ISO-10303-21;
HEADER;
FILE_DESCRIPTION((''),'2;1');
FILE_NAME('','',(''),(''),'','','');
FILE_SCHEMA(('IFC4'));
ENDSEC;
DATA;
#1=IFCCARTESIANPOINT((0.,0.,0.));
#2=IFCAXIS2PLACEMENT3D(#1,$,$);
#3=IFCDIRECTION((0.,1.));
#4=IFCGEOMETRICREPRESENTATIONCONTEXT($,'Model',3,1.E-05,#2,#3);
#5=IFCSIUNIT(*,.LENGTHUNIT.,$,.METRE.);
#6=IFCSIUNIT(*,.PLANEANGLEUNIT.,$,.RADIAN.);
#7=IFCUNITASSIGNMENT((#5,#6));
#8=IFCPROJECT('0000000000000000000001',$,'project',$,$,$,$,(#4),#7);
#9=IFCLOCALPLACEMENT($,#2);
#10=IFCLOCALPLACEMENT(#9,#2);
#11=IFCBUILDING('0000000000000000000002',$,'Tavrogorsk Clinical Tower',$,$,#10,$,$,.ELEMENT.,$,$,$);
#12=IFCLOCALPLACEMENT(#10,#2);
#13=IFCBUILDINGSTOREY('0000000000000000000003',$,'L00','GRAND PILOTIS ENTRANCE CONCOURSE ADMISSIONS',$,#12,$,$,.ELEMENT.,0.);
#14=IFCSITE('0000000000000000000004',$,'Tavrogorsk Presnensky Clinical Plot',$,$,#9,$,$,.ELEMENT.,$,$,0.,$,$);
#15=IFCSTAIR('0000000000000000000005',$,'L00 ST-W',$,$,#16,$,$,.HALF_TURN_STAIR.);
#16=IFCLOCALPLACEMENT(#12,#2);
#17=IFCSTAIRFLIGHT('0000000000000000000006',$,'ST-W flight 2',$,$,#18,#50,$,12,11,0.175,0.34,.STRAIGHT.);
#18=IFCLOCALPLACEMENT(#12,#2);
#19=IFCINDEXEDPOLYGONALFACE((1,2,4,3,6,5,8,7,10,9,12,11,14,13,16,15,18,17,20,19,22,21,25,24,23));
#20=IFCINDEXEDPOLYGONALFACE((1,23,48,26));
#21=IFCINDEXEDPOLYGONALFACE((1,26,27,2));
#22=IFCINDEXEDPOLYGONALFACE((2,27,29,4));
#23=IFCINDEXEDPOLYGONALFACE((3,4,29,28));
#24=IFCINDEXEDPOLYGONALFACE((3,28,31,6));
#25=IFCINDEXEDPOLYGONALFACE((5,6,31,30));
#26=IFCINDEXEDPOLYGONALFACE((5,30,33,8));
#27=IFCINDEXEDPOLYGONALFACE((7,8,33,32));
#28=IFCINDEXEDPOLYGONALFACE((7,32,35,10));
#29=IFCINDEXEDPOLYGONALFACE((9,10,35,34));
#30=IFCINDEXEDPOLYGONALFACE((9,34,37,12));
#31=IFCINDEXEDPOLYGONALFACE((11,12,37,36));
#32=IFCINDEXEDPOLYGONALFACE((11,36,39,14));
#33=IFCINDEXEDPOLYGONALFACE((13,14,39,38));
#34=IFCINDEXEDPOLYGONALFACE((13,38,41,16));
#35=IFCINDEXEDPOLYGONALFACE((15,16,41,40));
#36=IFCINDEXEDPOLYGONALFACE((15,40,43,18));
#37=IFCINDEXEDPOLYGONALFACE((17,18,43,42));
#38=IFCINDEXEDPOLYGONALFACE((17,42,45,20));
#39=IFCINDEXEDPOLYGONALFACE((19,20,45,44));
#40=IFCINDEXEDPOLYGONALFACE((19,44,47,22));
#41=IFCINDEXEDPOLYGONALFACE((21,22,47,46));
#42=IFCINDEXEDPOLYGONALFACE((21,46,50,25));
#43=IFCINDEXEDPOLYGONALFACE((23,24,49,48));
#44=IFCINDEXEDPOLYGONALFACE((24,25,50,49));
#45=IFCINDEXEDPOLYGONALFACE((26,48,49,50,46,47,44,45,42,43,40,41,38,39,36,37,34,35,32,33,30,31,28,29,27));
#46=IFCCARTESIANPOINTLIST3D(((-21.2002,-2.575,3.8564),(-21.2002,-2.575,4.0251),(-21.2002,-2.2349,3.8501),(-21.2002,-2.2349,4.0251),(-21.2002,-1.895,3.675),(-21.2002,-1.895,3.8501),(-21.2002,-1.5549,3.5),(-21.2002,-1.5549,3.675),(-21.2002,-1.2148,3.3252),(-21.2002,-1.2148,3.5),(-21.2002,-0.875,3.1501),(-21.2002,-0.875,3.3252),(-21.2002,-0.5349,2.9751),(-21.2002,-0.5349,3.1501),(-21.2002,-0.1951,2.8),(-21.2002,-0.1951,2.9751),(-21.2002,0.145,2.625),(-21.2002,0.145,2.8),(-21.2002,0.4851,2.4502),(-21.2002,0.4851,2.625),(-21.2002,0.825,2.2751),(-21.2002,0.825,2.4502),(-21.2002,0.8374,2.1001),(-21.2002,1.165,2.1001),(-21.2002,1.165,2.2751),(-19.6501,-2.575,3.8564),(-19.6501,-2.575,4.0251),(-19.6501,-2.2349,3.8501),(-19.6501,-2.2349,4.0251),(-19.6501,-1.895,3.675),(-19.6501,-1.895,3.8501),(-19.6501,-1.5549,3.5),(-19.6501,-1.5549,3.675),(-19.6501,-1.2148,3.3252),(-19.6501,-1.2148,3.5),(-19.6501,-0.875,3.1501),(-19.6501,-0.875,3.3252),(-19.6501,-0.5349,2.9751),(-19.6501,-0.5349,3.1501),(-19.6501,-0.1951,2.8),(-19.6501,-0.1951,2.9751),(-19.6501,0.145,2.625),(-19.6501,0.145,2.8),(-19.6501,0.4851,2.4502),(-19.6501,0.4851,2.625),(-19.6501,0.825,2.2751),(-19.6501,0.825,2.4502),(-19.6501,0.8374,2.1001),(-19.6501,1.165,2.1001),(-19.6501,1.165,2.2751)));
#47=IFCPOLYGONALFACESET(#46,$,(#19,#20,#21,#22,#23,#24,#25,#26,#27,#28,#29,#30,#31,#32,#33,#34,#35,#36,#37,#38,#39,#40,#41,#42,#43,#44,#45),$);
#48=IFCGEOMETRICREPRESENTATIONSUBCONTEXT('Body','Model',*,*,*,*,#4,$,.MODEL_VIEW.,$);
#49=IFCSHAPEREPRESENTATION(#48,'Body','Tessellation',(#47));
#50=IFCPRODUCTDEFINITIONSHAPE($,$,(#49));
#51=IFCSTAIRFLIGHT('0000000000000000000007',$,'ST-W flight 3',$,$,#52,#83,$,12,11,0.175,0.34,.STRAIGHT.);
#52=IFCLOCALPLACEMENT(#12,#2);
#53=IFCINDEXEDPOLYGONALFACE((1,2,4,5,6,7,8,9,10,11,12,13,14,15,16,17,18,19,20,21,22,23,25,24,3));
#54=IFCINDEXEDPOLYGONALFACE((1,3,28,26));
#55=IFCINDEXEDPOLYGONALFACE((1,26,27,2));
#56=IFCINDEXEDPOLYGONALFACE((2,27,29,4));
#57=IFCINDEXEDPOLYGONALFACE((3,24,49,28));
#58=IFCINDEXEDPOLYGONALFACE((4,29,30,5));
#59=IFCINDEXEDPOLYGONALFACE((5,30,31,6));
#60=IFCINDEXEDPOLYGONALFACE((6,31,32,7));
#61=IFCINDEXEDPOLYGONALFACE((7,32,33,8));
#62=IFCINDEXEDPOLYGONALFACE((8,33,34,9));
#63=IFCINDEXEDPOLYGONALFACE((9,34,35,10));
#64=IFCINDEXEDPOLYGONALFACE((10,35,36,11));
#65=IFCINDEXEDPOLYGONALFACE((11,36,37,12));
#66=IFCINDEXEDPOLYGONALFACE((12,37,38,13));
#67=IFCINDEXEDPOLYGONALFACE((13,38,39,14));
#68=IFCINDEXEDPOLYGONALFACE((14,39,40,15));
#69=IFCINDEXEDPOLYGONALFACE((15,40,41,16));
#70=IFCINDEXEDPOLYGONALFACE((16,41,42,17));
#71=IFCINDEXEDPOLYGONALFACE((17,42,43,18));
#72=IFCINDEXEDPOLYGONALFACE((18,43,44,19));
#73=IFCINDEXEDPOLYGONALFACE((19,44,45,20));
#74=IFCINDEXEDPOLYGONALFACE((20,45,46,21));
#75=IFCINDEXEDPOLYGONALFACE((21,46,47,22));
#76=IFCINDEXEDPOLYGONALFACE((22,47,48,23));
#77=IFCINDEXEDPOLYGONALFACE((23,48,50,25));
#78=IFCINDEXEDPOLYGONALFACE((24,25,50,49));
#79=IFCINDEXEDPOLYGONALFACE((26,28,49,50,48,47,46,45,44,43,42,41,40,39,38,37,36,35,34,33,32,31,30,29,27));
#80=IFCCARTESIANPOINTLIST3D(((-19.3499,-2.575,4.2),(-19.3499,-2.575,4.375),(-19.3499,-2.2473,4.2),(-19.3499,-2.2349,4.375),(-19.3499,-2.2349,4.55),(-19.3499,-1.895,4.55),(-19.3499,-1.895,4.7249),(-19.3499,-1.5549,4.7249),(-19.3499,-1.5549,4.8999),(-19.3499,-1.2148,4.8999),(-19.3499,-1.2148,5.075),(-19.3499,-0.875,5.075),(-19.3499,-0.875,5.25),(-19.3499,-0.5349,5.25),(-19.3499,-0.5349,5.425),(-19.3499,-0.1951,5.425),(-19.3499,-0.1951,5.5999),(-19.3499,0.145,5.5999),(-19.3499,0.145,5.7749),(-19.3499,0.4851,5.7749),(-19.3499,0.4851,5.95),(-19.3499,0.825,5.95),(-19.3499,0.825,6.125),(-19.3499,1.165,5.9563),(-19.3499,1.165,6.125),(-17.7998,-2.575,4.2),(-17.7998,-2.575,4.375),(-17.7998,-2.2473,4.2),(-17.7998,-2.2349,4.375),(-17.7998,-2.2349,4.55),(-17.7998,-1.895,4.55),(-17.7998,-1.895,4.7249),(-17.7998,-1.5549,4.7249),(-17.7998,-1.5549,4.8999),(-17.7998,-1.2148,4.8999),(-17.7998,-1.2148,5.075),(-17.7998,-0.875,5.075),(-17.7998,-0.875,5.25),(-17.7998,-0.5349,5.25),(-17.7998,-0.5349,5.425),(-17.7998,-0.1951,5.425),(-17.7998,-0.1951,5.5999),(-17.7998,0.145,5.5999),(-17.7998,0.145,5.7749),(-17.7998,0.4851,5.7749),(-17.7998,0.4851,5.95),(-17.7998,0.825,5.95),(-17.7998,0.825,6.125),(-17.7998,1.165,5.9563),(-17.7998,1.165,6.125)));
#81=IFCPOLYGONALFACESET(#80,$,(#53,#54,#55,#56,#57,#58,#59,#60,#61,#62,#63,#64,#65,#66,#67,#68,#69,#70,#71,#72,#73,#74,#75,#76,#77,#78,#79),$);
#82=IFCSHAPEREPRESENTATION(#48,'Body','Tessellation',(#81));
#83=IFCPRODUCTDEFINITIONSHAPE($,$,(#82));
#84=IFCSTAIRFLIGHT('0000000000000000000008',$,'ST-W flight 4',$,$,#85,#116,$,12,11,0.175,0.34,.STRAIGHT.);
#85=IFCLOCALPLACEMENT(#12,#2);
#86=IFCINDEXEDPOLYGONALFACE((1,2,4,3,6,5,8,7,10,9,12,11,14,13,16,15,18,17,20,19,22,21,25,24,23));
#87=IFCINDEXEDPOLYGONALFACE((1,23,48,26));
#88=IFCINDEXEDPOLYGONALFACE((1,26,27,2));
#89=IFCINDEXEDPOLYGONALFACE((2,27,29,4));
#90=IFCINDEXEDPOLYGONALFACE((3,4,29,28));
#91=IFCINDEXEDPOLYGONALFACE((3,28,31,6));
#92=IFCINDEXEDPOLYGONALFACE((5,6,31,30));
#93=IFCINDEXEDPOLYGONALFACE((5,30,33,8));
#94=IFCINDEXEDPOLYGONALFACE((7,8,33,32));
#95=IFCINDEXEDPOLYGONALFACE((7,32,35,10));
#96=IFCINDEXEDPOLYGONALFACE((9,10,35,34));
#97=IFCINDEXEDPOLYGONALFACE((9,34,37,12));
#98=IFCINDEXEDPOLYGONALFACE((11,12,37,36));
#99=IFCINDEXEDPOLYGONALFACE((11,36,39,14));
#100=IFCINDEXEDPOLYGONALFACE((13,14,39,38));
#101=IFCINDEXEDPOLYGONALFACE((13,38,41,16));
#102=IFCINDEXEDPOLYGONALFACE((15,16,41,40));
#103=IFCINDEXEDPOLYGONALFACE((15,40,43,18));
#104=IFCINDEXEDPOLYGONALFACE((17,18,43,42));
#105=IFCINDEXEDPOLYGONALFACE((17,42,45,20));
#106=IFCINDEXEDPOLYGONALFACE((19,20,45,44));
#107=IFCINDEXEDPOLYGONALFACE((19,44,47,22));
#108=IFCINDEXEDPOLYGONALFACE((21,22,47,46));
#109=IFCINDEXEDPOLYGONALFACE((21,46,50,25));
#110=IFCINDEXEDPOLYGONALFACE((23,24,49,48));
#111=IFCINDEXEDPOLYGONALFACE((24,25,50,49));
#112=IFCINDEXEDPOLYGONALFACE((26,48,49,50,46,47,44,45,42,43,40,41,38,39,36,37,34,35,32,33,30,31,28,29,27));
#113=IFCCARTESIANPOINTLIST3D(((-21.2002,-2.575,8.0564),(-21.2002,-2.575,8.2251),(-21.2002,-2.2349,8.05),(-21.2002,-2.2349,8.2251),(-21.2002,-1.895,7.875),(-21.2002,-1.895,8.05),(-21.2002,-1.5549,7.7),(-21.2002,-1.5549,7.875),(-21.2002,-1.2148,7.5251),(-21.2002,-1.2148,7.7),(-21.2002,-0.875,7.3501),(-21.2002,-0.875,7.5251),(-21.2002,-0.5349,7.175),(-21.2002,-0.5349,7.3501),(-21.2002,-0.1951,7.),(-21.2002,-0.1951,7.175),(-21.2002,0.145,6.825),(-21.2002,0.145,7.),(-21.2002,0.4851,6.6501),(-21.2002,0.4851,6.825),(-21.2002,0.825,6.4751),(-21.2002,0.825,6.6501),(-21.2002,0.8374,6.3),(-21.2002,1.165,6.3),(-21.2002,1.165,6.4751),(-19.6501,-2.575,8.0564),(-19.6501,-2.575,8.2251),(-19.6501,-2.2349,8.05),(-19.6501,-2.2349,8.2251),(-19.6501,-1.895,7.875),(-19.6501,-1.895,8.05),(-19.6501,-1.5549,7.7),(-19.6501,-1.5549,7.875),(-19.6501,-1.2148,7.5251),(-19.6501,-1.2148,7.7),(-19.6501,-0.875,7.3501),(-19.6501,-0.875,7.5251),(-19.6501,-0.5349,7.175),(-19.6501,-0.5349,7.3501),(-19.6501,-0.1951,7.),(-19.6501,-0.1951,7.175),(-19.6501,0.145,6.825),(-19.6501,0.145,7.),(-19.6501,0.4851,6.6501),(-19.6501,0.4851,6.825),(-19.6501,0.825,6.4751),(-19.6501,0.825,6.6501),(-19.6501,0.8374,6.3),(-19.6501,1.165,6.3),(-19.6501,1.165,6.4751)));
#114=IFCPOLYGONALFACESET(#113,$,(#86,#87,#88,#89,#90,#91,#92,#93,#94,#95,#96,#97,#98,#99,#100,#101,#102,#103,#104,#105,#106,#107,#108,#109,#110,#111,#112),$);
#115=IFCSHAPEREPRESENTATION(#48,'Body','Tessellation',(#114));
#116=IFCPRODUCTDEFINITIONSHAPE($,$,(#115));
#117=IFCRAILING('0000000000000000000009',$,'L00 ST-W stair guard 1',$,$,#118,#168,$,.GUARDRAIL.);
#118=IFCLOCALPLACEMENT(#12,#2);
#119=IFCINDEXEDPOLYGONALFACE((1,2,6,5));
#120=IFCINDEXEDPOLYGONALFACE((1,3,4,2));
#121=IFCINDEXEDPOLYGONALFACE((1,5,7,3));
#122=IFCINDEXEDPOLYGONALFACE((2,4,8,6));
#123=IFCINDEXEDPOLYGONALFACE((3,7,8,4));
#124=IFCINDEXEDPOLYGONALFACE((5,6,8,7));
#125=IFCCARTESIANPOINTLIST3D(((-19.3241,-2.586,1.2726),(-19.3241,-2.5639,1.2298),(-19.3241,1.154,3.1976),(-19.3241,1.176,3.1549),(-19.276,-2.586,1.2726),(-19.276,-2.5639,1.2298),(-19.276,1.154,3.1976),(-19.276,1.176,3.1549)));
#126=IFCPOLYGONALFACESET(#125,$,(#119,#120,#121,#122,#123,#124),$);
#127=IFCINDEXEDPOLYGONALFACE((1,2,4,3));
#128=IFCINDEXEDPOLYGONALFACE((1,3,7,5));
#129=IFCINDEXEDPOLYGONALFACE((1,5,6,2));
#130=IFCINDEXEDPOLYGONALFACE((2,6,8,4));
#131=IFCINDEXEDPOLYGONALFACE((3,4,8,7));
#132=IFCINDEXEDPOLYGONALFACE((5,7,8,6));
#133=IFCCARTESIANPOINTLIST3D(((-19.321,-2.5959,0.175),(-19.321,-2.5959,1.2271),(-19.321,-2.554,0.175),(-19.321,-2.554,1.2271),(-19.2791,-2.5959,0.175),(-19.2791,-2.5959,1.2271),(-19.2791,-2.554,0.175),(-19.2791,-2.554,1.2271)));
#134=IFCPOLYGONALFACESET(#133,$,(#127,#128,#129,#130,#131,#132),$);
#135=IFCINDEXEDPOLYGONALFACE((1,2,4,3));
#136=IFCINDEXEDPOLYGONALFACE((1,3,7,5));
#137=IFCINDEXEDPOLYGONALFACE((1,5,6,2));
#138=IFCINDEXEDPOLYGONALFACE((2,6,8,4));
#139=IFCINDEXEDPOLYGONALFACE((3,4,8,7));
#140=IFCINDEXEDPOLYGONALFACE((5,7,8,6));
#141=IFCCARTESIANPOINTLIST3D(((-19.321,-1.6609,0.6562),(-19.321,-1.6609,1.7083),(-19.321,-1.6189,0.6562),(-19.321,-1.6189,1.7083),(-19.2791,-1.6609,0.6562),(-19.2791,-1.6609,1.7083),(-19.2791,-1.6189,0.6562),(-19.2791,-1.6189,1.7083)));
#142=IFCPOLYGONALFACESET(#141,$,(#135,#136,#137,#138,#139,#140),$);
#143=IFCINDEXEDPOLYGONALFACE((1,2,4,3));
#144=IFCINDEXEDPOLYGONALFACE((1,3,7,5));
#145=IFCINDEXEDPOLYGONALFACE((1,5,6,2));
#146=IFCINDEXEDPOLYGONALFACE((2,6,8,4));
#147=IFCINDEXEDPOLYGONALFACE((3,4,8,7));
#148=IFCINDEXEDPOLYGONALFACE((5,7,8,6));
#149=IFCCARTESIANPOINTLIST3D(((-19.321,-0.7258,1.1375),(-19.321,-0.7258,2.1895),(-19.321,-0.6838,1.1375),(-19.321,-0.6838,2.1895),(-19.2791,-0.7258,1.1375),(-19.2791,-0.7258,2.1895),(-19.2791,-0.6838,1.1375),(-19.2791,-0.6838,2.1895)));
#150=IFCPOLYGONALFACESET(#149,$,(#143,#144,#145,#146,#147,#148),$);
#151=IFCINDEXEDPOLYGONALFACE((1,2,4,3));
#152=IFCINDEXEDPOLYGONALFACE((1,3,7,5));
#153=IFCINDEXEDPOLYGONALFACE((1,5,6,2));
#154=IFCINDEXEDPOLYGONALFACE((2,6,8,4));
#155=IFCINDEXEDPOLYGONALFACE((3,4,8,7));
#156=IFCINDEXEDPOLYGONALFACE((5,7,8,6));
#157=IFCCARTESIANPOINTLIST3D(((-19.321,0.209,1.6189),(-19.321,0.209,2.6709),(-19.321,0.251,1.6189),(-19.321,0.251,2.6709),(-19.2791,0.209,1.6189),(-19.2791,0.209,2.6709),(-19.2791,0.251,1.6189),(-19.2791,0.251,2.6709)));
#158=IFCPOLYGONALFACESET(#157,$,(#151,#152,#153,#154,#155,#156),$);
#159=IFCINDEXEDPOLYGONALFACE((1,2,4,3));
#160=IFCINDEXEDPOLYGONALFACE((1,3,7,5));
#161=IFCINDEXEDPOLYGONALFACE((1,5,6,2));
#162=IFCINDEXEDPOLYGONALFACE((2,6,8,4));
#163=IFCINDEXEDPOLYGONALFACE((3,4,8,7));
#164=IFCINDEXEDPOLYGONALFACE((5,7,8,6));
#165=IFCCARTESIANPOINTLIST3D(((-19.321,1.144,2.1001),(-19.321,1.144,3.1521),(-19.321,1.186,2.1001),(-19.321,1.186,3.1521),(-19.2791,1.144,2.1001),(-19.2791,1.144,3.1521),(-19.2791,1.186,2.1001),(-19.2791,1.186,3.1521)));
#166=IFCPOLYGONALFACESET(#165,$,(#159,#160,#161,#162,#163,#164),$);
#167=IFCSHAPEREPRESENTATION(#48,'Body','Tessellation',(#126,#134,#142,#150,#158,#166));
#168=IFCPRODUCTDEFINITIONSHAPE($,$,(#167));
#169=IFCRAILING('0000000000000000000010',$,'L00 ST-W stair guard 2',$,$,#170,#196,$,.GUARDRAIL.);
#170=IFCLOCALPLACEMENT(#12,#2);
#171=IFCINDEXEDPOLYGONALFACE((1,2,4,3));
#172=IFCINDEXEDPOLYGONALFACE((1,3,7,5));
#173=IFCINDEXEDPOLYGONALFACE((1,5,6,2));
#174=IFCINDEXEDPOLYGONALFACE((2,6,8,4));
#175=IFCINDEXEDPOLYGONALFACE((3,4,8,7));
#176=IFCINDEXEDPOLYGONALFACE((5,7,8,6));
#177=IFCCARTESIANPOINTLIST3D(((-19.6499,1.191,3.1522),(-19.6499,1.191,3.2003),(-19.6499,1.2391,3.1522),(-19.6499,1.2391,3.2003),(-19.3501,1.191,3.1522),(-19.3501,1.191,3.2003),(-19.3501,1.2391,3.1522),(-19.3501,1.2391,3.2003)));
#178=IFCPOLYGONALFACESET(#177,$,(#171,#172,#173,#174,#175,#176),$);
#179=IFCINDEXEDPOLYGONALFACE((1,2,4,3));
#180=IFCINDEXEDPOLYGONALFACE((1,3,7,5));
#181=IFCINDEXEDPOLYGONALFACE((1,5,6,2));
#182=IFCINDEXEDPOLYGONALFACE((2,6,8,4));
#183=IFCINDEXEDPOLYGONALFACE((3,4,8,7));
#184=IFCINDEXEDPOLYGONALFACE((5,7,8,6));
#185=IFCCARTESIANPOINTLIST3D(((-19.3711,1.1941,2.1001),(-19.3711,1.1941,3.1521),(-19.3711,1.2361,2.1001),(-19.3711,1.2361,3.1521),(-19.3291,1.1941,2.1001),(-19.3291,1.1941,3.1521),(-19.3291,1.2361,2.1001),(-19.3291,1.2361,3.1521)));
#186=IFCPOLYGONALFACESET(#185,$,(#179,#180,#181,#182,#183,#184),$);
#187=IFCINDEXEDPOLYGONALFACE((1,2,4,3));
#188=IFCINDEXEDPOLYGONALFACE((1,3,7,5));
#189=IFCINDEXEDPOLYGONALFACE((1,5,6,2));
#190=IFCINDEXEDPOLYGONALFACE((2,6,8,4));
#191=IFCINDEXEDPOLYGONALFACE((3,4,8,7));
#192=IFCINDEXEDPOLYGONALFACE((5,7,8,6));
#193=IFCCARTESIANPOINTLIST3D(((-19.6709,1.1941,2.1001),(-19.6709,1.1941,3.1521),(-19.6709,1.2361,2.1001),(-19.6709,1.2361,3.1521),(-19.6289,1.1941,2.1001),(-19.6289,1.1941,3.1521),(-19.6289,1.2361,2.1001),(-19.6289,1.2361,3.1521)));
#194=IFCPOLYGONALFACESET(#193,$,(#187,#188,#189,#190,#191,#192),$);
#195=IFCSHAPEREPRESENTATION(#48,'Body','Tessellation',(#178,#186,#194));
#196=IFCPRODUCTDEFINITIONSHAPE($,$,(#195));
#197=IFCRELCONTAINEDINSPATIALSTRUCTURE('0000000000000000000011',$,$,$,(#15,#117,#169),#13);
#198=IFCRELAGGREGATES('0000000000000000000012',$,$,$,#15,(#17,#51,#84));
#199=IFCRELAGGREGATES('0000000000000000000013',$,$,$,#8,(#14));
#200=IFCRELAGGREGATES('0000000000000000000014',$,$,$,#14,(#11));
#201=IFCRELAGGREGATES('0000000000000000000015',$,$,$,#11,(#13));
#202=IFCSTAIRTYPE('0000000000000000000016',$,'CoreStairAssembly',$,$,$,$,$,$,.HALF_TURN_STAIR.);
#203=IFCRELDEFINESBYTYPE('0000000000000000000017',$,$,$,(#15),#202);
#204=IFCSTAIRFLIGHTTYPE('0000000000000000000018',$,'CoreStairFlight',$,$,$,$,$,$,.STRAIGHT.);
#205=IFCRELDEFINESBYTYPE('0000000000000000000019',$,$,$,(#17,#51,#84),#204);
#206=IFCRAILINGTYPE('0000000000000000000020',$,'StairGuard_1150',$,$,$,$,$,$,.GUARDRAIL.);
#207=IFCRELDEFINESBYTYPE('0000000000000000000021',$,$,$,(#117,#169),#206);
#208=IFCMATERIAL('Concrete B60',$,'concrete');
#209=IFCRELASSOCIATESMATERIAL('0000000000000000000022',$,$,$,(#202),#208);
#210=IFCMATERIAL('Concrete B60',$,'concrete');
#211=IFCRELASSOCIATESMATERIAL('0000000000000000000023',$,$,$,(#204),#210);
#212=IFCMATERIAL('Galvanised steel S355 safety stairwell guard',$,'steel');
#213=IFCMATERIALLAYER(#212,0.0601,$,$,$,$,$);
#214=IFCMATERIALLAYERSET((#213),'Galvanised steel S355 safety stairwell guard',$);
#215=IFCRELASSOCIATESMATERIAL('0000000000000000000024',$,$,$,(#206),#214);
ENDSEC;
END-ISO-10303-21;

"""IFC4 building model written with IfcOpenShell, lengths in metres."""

from ifc_helpers import new_model, si_unit, direction, frame, origin, origin_2d, place, context, subcontext, project, spatial, polyline, rectangle, outline, extrude, material, layer, layer_set, type_object, element, aggregate, save


model = new_model("IFC4")

# Units and contexts
model_context = context("Model", 3, precision=1e-05, world=origin(), true_north=direction((0.0, 1.0)))
body_context = subcontext(model_context, "Body", "Model", "MODEL_VIEW")
ifc_project = project(units=[si_unit("LENGTHUNIT", "METRE"), si_unit("PLANEANGLEUNIT", "RADIAN")], contexts=[model_context])

# Site, building, storey
site_placement = place(None, origin())
site = spatial("IfcSite", under=ifc_project, at=site_placement, Name="Tavrogorsk Presnensky Clinical Plot", CompositionType="ELEMENT", RefElevation=0.0)
building_placement = place(site_placement, origin())
building = spatial("IfcBuilding", under=site, at=building_placement, Name="Tavrogorsk Clinical Tower", CompositionType="ELEMENT")
storey_placement = place(building_placement, origin())
storey = spatial("IfcBuildingStorey", under=building, at=storey_placement, Name="L00", Description="GRAND PILOTIS ENTRANCE CONCOURSE ADMISSIONS", CompositionType="ELEMENT", Elevation=0.0)

# Stair, stair flights
ifc_material_1 = material(Name="Concrete B60", Category="concrete")
stair_type = type_object("IfcStairType", Name="CoreStairAssembly", PredefinedType="HALF_TURN_STAIR", material=ifc_material_1)
stair_placement = place(storey_placement, origin())
stair = element("IfcStair", 1, at=stair_placement, inside=storey, type_object=stair_type, Name="L00 ST-W", PredefinedType="HALF_TURN_STAIR")
ifc_material_2 = material(Name="Concrete B60", Category="concrete")
stair_flight_type = type_object("IfcStairFlightType", Name="CoreStairFlight", PredefinedType="STRAIGHT", material=ifc_material_2)
stair_flight_1_placement = place(storey_placement, frame((-20.425, 1.165, 2.1001), z_axis=(0.0, 0.0, 1.0), x_axis=(0.0, -1.0, 0.0)))
stair_flight_1 = element("IfcStairFlight", 2, at=stair_flight_1_placement, type_object=stair_flight_type, Name="ST-W flight 2", NumberOfRisers=12, NumberOfTreads=11, PredefinedType="STRAIGHT", RiserHeight=0.175, TreadLength=0.34, context=body_context, shape_type="SweptSolid", body=[
    extrude(outline(polyline([(0.0, 0.0), (0.0, 0.175), (0.3401, 0.175), (0.3401, 0.3501), (0.6799, 0.3501), (0.6799, 0.5249), (1.02, 0.5249), (1.02, 0.7), (1.3601, 0.7), (1.3601, 0.875), (1.7, 0.875), (1.7, 1.05), (2.04, 1.05), (2.04, 1.2251), (2.3799, 1.2251), (2.3799, 1.3999), (2.72, 1.3999), (2.72, 1.575), (3.0601, 1.575), (3.0601, 1.75), (3.3999, 1.75), (3.3999, 1.925), (3.74, 1.925), (3.74, 2.1001), (3.74, 1.7563), (0.3276, 0.0), (0.0, 0.0)])), frame((0.0, 0.7749, 0.0), z_axis=(0.0, -1.0, 0.0), x_axis=(1.0, 0.0, 0.0)), (0.0, 0.0, 1.0), 1.55),
])
stair_flight_2_placement = place(storey_placement, frame((-18.575, -2.575, 4.2), z_axis=(0.0, 0.0, 1.0), x_axis=(0.0, 1.0, 0.0)))
stair_flight_2 = element("IfcStairFlight", 3, at=stair_flight_2_placement, type_object=stair_flight_type, Name="ST-W flight 3", NumberOfRisers=12, NumberOfTreads=11, PredefinedType="STRAIGHT", RiserHeight=0.175, TreadLength=0.34, context=body_context, shape_type="SweptSolid", body=[
    extrude(outline(polyline([(0.0, 0.0), (0.0, 0.175), (0.3401, 0.175), (0.3401, 0.3501), (0.6799, 0.3501), (0.6799, 0.5249), (1.02, 0.5249), (1.02, 0.7), (1.3601, 0.7), (1.3601, 0.875), (1.7, 0.875), (1.7, 1.05), (2.04, 1.05), (2.04, 1.2251), (2.3799, 1.2251), (2.3799, 1.3999), (2.72, 1.3999), (2.72, 1.575), (3.0601, 1.575), (3.0601, 1.75), (3.3999, 1.75), (3.3999, 1.925), (3.74, 1.925), (3.74, 2.1001), (3.74, 1.7563), (0.3276, 0.0), (0.0, 0.0)])), frame((0.0, 0.7749, 0.0), z_axis=(0.0, -1.0, 0.0), x_axis=(1.0, 0.0, 0.0)), (0.0, 0.0, 1.0), 1.55),
])
stair_flight_3_placement = place(storey_placement, frame((-20.425, 1.165, 6.3), z_axis=(0.0, 0.0, 1.0), x_axis=(0.0, -1.0, 0.0)))
stair_flight_3 = element("IfcStairFlight", 4, at=stair_flight_3_placement, type_object=stair_flight_type, Name="ST-W flight 4", NumberOfRisers=12, NumberOfTreads=11, PredefinedType="STRAIGHT", RiserHeight=0.175, TreadLength=0.34, context=body_context, shape_type="SweptSolid", body=[
    extrude(outline(polyline([(0.0, 0.0), (0.0, 0.175), (0.3401, 0.175), (0.3401, 0.3501), (0.6799, 0.3501), (0.6799, 0.5249), (1.02, 0.5249), (1.02, 0.7), (1.3601, 0.7), (1.3601, 0.875), (1.7, 0.875), (1.7, 1.05), (2.04, 1.05), (2.04, 1.2251), (2.3799, 1.2251), (2.3799, 1.3999), (2.72, 1.3999), (2.72, 1.575), (3.0601, 1.575), (3.0601, 1.75), (3.3999, 1.75), (3.3999, 1.925), (3.74, 1.925), (3.74, 2.1001), (3.74, 1.7563), (0.3276, 0.0), (0.0, 0.0)])), frame((0.0, 0.7749, 0.0), z_axis=(0.0, -1.0, 0.0), x_axis=(1.0, 0.0, 0.0)), (0.0, 0.0, 1.0), 1.55),
])
aggregate(stair, [stair_flight_1, stair_flight_2, stair_flight_3])

# Railings
ifc_material_3 = material(Name="Galvanised steel S355 safety stairwell guard", Category="steel")
ifc_layer_1 = layer(ifc_material_3, 0.0601)
ifc_layer_set_1 = layer_set([ifc_layer_1], Name="Galvanised steel S355 safety stairwell guard")
railing_type_1 = type_object("IfcRailingType", Name="StairGuard_1150", PredefinedType="GUARDRAIL", material=ifc_layer_set_1)
railing_1_placement = place(storey_placement, frame((-19.3, -2.575, 0.175)))
element("IfcRailing", 5, at=railing_1_placement, inside=storey, type_object=railing_type_1, Name="L00 ST-W stair guard 1", PredefinedType="GUARDRAIL", context=body_context, shape_type="SweptSolid", body=[
    extrude(rectangle(XDim=0.0481, YDim=0.0481, at=origin_2d()), frame((0.0, 0.0, 1.0762), z_axis=(0.0, 0.889131, 0.457654), x_axis=(-1.0, 0.0, 0.0)), (0.0, 0.0, 1.0), 4.2063),
    extrude(rectangle(XDim=0.042, YDim=0.042, at=origin_2d()), origin(), (0.0, 0.0, 1.0), 1.052),
    extrude(rectangle(XDim=0.042, YDim=0.042, at=origin_2d()), frame((0.0, 0.9351, 0.4812)), (0.0, 0.0, 1.0), 1.052),
    extrude(rectangle(XDim=0.042, YDim=0.042, at=origin_2d()), frame((0.0, 1.8701, 0.9624)), (0.0, 0.0, 1.0), 1.052),
    extrude(rectangle(XDim=0.042, YDim=0.042, at=origin_2d()), frame((0.0, 2.8049, 1.4438)), (0.0, 0.0, 1.0), 1.052),
    extrude(rectangle(XDim=0.042, YDim=0.042, at=origin_2d()), frame((0.0, 3.74, 1.925)), (0.0, 0.0, 1.0), 1.052),
])
railing_2_placement = place(storey_placement, frame((-19.3501, 1.2151, 2.1001)))
element("IfcRailing", 6, at=railing_2_placement, inside=storey, type_object=railing_type_1, Name="L00 ST-W stair guard 2", PredefinedType="GUARDRAIL", context=body_context, shape_type="SweptSolid", body=[
    extrude(rectangle(XDim=0.0481, YDim=0.0481, at=origin_2d()), frame((0.0, 0.0, 1.0762), z_axis=(-1.0, 0.0, 0.0), x_axis=(0.0, -1.0, 0.0)), (0.0, 0.0, 1.0), 0.2998),
    extrude(rectangle(XDim=0.042, YDim=0.042, at=origin_2d()), origin(), (0.0, 0.0, 1.0), 1.052),
    extrude(rectangle(XDim=0.042, YDim=0.042, at=origin_2d()), frame((-0.2998, 0.0, 0.0)), (0.0, 0.0, 1.0), 1.052),
])

save(model, "model.ifc")
